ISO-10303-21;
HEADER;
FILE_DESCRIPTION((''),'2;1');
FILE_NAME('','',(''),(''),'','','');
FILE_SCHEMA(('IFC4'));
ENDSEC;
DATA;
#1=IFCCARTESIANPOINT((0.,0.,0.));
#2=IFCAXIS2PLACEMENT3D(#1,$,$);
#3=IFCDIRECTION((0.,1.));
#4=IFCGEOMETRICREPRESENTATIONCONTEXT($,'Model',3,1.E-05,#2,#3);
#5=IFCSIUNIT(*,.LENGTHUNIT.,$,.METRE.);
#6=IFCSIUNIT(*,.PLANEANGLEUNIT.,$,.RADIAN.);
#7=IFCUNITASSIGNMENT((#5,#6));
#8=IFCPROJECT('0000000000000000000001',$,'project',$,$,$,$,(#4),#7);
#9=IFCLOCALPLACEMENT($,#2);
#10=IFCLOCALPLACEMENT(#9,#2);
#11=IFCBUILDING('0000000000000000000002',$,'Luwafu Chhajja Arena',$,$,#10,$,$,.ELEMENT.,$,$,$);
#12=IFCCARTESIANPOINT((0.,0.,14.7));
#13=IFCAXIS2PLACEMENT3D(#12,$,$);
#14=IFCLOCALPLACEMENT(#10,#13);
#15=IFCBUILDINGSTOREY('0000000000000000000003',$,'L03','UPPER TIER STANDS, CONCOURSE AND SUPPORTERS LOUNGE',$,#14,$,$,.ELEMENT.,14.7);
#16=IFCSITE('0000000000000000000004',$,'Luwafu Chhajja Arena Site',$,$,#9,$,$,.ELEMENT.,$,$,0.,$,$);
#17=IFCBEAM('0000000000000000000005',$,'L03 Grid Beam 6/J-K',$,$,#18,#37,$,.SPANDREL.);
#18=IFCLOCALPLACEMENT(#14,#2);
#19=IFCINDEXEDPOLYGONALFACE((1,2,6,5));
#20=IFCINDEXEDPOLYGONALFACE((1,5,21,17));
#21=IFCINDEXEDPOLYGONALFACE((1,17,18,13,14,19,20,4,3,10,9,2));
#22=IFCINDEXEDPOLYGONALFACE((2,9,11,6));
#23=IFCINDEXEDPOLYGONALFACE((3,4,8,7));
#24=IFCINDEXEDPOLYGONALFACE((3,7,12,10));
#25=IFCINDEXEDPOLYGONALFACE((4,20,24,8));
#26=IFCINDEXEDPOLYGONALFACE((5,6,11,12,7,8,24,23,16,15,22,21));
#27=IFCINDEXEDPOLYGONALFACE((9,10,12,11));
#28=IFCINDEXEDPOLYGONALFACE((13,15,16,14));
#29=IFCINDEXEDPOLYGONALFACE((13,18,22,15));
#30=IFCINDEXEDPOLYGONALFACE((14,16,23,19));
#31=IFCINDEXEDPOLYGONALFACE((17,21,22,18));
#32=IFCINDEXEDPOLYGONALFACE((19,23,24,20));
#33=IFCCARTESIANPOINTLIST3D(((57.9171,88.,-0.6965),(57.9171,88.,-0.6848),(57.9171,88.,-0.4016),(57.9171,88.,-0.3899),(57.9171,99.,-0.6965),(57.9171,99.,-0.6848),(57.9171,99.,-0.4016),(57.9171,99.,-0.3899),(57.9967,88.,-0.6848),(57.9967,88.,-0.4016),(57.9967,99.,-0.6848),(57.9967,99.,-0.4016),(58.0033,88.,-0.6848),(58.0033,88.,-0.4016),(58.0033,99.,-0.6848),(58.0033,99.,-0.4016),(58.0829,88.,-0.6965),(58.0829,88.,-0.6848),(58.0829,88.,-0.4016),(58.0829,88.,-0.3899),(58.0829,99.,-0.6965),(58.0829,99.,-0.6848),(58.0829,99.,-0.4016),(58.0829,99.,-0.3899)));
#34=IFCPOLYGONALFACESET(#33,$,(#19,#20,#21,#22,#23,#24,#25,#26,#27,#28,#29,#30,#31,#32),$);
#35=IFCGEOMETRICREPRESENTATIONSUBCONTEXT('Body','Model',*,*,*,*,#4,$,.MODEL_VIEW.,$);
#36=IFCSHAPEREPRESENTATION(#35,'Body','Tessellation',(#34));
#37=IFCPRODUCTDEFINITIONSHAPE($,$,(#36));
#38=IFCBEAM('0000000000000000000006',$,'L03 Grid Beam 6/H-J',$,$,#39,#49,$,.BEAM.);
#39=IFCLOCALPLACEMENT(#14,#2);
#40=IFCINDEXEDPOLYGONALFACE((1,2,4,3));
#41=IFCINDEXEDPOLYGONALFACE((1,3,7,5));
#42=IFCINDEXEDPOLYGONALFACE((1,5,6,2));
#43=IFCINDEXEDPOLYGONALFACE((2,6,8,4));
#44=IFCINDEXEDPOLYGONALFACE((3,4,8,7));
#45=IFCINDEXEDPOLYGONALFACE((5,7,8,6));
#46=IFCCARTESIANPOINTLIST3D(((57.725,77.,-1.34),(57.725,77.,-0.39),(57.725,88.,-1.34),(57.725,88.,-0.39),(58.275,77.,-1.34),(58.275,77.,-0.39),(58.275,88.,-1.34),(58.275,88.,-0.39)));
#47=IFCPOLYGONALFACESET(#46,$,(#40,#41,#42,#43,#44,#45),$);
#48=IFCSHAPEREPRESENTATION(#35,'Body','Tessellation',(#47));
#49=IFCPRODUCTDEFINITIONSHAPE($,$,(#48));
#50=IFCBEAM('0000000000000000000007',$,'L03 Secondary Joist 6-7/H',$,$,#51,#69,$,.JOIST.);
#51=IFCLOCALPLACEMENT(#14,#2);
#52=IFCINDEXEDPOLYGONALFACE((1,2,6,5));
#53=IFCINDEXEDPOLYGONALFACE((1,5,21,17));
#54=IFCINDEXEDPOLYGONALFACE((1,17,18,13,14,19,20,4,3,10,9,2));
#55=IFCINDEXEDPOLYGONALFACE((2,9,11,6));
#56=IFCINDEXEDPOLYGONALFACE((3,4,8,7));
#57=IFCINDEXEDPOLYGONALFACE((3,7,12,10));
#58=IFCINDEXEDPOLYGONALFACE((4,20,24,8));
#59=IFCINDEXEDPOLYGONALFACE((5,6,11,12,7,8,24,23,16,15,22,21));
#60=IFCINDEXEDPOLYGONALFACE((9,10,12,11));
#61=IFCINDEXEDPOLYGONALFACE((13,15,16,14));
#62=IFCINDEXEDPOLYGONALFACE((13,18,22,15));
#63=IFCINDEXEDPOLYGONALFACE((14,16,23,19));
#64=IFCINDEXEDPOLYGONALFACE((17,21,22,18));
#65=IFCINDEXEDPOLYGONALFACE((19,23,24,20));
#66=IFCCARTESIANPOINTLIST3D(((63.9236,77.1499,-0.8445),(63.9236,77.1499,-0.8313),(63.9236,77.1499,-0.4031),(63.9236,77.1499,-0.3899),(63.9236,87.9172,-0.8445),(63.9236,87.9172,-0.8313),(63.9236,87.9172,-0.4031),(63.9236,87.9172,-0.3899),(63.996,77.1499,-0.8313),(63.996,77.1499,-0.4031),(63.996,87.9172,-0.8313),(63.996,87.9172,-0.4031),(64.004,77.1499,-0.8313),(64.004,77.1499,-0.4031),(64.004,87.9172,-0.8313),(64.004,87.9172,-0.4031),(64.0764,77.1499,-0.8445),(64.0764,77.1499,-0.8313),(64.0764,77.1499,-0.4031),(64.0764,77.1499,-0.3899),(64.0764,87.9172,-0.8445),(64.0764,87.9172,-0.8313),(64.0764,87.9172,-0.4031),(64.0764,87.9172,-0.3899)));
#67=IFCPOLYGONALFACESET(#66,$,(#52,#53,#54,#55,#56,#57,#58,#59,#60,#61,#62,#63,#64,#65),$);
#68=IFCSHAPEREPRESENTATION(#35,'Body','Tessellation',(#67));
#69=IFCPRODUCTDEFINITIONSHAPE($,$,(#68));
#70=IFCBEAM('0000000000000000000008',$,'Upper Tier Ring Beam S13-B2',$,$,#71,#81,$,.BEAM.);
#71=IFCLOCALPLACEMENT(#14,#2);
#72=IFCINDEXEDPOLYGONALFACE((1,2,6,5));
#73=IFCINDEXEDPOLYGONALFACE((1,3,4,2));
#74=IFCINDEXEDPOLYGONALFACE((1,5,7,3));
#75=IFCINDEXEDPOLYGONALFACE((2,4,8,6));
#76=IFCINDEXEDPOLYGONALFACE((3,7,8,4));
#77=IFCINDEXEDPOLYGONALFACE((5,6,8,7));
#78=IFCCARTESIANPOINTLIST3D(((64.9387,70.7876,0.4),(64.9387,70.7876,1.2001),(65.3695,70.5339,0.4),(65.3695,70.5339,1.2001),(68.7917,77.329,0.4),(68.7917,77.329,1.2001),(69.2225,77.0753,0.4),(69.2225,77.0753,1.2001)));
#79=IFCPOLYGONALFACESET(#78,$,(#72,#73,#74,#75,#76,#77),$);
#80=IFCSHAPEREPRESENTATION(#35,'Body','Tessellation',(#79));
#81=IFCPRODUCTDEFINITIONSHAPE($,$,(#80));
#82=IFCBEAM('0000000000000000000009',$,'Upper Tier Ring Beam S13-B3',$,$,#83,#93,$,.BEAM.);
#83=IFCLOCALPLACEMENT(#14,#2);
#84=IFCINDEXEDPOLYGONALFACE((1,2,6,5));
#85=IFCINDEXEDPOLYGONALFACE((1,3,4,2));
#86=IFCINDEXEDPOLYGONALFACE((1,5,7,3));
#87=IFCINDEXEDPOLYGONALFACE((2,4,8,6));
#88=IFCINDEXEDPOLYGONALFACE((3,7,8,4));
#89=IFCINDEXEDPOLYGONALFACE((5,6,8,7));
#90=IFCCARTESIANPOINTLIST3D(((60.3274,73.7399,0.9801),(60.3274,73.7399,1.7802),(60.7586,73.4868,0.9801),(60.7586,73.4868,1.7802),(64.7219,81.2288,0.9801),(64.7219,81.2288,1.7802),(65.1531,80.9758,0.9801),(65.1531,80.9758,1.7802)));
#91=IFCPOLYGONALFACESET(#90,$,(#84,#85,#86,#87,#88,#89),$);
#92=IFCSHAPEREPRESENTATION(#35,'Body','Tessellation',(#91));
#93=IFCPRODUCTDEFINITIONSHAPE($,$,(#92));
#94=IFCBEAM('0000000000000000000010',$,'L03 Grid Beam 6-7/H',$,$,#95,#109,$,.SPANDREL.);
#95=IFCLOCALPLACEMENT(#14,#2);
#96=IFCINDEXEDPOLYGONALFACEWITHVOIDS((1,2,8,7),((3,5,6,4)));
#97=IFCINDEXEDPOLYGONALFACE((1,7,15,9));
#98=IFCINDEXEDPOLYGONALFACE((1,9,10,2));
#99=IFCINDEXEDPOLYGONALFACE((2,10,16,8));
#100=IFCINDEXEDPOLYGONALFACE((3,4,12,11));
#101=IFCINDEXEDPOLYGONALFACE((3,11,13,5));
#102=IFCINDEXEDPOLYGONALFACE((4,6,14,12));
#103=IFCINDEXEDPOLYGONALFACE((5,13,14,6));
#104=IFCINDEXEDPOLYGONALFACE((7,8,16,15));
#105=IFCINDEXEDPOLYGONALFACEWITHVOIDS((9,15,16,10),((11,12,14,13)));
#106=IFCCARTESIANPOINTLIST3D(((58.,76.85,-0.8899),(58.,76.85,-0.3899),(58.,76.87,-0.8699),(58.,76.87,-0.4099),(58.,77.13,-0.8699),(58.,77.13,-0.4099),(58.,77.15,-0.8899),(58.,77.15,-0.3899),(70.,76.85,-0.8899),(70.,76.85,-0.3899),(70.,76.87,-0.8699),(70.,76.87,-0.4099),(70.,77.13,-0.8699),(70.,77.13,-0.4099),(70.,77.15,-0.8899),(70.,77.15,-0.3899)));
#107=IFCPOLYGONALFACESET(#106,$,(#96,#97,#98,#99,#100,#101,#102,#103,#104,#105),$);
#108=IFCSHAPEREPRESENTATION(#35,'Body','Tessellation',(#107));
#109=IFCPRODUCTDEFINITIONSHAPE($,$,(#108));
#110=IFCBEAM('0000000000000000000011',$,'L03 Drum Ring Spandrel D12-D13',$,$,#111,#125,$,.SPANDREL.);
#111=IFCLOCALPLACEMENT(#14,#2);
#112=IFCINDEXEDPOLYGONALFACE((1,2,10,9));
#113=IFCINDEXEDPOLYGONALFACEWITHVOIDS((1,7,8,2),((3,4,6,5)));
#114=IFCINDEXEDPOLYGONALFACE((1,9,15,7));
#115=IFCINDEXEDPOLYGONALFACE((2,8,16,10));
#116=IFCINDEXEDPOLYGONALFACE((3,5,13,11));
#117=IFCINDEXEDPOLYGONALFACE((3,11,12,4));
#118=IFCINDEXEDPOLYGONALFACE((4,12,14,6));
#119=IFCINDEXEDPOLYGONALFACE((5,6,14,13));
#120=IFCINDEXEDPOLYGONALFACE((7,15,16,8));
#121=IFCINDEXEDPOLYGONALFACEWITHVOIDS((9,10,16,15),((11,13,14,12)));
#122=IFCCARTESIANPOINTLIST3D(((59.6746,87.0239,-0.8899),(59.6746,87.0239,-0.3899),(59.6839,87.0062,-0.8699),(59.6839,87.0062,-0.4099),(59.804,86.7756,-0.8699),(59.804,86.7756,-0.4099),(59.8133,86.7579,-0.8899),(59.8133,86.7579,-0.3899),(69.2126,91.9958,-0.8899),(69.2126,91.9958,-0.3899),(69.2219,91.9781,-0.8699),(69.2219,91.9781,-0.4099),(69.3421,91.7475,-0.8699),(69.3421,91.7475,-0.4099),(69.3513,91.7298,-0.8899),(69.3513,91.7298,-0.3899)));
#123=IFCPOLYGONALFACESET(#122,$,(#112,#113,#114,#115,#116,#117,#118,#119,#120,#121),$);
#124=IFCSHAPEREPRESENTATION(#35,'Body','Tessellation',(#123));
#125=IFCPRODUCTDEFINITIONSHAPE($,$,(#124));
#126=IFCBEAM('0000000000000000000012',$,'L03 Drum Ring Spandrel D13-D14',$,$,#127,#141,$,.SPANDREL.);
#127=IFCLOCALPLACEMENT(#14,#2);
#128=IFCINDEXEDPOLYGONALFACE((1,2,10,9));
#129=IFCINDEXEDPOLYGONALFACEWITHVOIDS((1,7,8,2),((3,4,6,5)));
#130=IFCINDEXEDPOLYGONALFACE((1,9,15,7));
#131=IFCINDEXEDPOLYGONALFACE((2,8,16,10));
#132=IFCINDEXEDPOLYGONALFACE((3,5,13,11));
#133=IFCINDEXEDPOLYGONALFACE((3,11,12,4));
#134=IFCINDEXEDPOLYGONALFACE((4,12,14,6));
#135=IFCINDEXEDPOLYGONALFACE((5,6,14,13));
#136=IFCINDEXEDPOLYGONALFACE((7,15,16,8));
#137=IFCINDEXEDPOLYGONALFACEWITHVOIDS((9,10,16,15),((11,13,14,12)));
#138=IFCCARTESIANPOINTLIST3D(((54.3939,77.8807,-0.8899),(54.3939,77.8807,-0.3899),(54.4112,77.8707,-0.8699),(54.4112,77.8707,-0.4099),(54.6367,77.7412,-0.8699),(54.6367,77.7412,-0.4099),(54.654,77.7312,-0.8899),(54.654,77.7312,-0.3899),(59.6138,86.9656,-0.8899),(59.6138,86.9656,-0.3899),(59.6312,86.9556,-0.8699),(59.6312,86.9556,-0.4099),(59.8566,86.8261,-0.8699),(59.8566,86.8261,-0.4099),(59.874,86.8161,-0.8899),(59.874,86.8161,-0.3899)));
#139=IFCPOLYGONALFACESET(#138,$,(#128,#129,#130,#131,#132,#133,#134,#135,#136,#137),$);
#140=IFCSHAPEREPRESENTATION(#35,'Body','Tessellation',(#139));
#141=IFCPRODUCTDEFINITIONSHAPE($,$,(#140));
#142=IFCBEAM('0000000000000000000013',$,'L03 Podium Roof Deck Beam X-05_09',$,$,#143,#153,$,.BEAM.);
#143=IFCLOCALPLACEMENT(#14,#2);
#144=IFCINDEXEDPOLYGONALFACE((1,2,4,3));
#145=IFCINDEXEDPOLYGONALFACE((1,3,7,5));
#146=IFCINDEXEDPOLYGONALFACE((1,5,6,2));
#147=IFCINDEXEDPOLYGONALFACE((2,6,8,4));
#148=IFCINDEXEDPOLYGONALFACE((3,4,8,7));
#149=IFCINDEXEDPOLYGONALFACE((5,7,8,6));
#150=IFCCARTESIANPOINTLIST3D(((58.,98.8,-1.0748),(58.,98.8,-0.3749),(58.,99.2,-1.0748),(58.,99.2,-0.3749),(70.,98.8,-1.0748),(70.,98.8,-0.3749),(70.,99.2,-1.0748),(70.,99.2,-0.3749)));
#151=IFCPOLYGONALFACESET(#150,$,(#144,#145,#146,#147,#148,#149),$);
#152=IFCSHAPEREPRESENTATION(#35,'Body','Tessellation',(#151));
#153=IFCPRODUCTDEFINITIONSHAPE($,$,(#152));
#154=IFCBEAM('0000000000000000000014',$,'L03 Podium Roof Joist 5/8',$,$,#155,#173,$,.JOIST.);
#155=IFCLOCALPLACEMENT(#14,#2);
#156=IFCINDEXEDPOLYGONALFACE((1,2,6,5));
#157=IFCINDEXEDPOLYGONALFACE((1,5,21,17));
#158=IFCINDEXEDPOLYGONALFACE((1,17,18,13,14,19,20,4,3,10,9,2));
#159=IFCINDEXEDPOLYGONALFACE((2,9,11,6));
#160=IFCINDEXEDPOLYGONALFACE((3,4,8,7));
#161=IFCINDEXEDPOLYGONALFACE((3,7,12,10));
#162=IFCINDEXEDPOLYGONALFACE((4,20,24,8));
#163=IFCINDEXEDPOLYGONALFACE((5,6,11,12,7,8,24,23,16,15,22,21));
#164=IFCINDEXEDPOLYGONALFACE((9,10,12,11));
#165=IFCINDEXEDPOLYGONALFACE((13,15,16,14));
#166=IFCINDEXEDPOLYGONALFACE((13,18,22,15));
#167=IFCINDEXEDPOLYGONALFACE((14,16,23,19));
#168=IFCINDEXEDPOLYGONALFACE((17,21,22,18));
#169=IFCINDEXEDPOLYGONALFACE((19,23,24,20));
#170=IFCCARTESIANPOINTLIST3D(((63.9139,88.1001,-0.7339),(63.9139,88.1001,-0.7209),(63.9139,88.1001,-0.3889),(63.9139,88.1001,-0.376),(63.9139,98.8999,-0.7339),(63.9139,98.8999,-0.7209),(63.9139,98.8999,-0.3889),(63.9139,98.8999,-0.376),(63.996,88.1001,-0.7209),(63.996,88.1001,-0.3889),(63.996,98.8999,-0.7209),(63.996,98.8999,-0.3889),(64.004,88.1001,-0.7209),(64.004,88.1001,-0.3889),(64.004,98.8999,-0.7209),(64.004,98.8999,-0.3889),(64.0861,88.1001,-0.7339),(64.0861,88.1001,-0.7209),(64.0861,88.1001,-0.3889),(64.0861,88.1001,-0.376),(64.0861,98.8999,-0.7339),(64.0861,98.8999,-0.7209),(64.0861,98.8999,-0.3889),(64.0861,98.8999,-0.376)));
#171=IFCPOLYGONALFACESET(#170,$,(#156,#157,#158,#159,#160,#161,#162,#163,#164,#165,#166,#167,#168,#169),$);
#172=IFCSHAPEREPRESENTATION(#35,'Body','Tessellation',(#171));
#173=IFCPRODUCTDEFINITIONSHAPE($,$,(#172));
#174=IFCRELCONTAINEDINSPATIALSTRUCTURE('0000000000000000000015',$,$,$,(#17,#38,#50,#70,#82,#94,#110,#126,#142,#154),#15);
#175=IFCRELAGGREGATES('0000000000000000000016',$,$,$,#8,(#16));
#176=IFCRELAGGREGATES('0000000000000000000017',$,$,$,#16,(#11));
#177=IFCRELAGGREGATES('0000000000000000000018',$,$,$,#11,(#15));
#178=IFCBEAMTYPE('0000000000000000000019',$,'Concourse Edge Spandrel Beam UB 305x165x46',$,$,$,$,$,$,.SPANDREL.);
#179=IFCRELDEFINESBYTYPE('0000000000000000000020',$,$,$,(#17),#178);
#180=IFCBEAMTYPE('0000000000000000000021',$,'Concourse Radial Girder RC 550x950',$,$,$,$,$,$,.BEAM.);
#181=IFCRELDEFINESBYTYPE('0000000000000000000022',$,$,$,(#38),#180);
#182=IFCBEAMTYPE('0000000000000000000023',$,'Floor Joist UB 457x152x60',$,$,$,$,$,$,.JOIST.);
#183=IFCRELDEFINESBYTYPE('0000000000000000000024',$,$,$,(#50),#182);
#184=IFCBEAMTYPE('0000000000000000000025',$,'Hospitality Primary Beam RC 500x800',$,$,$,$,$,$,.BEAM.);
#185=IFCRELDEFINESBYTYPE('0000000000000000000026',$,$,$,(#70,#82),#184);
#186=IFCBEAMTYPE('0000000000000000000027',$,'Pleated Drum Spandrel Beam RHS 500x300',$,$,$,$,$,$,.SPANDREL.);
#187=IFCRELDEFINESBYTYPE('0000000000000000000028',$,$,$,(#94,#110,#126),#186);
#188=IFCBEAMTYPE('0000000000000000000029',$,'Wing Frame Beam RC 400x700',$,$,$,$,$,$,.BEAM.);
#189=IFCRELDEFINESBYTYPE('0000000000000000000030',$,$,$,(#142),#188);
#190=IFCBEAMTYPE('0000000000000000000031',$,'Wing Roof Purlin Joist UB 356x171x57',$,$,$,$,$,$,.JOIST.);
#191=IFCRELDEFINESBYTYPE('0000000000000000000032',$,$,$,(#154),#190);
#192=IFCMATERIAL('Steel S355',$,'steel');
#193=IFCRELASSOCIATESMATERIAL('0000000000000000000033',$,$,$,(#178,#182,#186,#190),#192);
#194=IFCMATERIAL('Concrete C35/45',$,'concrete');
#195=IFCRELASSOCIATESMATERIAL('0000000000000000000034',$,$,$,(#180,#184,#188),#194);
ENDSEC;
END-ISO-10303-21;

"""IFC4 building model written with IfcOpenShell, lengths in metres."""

from ifc_helpers import new_model, si_unit, direction, frame, origin, origin_2d, place, context, subcontext, project, spatial, rectangle, hollow_rectangle, i_section, extrude, material, material_profile, profile_set, type_object, element, save


model = new_model("IFC4")

# Units and contexts
model_context = context("Model", 3, precision=1e-05, world=origin(), true_north=direction((0.0, 1.0)))
body_context = subcontext(model_context, "Body", "Model", "MODEL_VIEW")
ifc_project = project(units=[si_unit("LENGTHUNIT", "METRE"), si_unit("PLANEANGLEUNIT", "RADIAN")], contexts=[model_context])

# Site, building, storey
site_placement = place(None, origin())
site = spatial("IfcSite", under=ifc_project, at=site_placement, Name="Luwafu Chhajja Arena Site", CompositionType="ELEMENT", RefElevation=0.0)
building_placement = place(site_placement, origin())
building = spatial("IfcBuilding", under=site, at=building_placement, Name="Luwafu Chhajja Arena", CompositionType="ELEMENT")
storey_placement = place(building_placement, frame((0.0, 0.0, 14.7)))
storey = spatial("IfcBuildingStorey", under=building, at=storey_placement, Name="L03", Description="UPPER TIER STANDS, CONCOURSE AND SUPPORTERS LOUNGE", CompositionType="ELEMENT", Elevation=14.7)

# Shared definitions
ifc_material_1 = material(Name="Concrete C35/45", Category="concrete")
ifc_material_2 = material(Name="Steel S355", Category="steel")

# Beams
ifc_material_profile_1 = material_profile(ifc_material_2, i_section(OverallWidth=0.1658, OverallDepth=0.3066, WebThickness=0.0066, FlangeThickness=0.0117, at=origin_2d()), Name="UB 305x165x46")
ifc_profile_set_1 = profile_set([ifc_material_profile_1], Name="Steel S355")
beam_type_1 = type_object("IfcBeamType", Name="Concourse Edge Spandrel Beam UB 305x165x46", PredefinedType="SPANDREL", material=ifc_profile_set_1)
beam_1_placement = place(storey_placement, frame((58.0, 88.0, -0.5432), z_axis=(0.0, 1.0, 0.0), x_axis=(-1.0, 0.0, 0.0)))
element("IfcBeam", 1, at=beam_1_placement, inside=storey, type_object=beam_type_1, Name="L03 Grid Beam 6/J-K", PredefinedType="SPANDREL", context=body_context, shape_type="SweptSolid", body=[
    extrude(i_section(OverallWidth=0.1658, OverallDepth=0.3066, WebThickness=0.0066, FlangeThickness=0.0117, at=origin_2d()), origin(), (0.0, 0.0, 1.0), 11.0),
])
ifc_material_profile_2 = material_profile(ifc_material_1, rectangle(XDim=0.55, YDim=0.95, at=origin_2d()), Name="RC 550x950")
ifc_profile_set_2 = profile_set([ifc_material_profile_2], Name="Concrete C35/45")
beam_type_2 = type_object("IfcBeamType", Name="Concourse Radial Girder RC 550x950", PredefinedType="BEAM", material=ifc_profile_set_2)
beam_2_placement = place(storey_placement, frame((58.0, 77.0, -0.865), z_axis=(0.0, 1.0, 0.0), x_axis=(-1.0, 0.0, 0.0)))
element("IfcBeam", 2, at=beam_2_placement, inside=storey, type_object=beam_type_2, Name="L03 Grid Beam 6/H-J", PredefinedType="BEAM", context=body_context, shape_type="SweptSolid", body=[
    extrude(rectangle(XDim=0.55, YDim=0.95, at=origin_2d()), origin(), (0.0, 0.0, 1.0), 11.0),
])
ifc_material_profile_3 = material_profile(ifc_material_2, i_section(OverallWidth=0.1528, OverallDepth=0.4546, WebThickness=0.0081, FlangeThickness=0.0132, at=origin_2d()), Name="UB 457x152x60")
ifc_profile_set_3 = profile_set([ifc_material_profile_3], Name="Steel S355")
beam_type_3 = type_object("IfcBeamType", Name="Floor Joist UB 457x152x60", PredefinedType="JOIST", material=ifc_profile_set_3)
beam_3_placement = place(storey_placement, frame((64.0, 77.1499, -0.6172), z_axis=(0.0, 1.0, 0.0), x_axis=(-1.0, 0.0, 0.0)))
element("IfcBeam", 3, at=beam_3_placement, inside=storey, type_object=beam_type_3, Name="L03 Secondary Joist 6-7/H", PredefinedType="JOIST", context=body_context, shape_type="SweptSolid", body=[
    extrude(i_section(OverallWidth=0.1528, OverallDepth=0.4546, WebThickness=0.0081, FlangeThickness=0.0132, at=origin_2d()), origin(), (0.0, 0.0, 1.0), 10.7673),
])
ifc_material_profile_4 = material_profile(ifc_material_1, rectangle(XDim=0.5, YDim=0.8, at=origin_2d()), Name="RC 500x800")
ifc_profile_set_4 = profile_set([ifc_material_profile_4], Name="Concrete C35/45")
beam_type_4 = type_object("IfcBeamType", Name="Hospitality Primary Beam RC 500x800", PredefinedType="BEAM", material=ifc_profile_set_4)
beam_4_placement = place(storey_placement, frame((69.0071, 77.2021, 0.8), z_axis=(-0.507518, -0.861641, 0.0), x_axis=(0.861641, -0.507518, 0.0)))
element("IfcBeam", 4, at=beam_4_placement, inside=storey, type_object=beam_type_4, Name="Upper Tier Ring Beam S13-B2", PredefinedType="BEAM", context=body_context, shape_type="SweptSolid", body=[
    extrude(rectangle(XDim=0.5, YDim=0.8, at=origin_2d()), origin(), (0.0, 0.0, 1.0), 7.5918),
])
beam_5_placement = place(storey_placement, frame((64.9375, 81.1023, 1.3801), z_axis=(-0.506098, -0.862476, 0.0), x_axis=(0.862476, -0.506098, 0.0)))
element("IfcBeam", 5, at=beam_5_placement, inside=storey, type_object=beam_type_4, Name="Upper Tier Ring Beam S13-B3", PredefinedType="BEAM", context=body_context, shape_type="SweptSolid", body=[
    extrude(rectangle(XDim=0.5, YDim=0.8, at=origin_2d()), origin(), (0.0, 0.0, 1.0), 8.6831),
])
ifc_material_profile_5 = material_profile(ifc_material_2, hollow_rectangle(XDim=0.3, YDim=0.5, WallThickness=0.02, at=origin_2d()), Name="RHS 500x300x20")
ifc_profile_set_5 = profile_set([ifc_material_profile_5], Name="Steel S355")
beam_type_5 = type_object("IfcBeamType", Name="Pleated Drum Spandrel Beam RHS 500x300", PredefinedType="SPANDREL", material=ifc_profile_set_5)
beam_6_placement = place(storey_placement, frame((58.0, 77.0, -0.6399), z_axis=(1.0, 0.0, 0.0), x_axis=(0.0, 1.0, 0.0)))
element("IfcBeam", 6, at=beam_6_placement, inside=storey, type_object=beam_type_5, Name="L03 Grid Beam 6-7/H", PredefinedType="SPANDREL", context=body_context, shape_type="SweptSolid", body=[
    extrude(hollow_rectangle(XDim=0.3, YDim=0.5, WallThickness=0.02, at=origin_2d()), origin(), (0.0, 0.0, 1.0), 12.0),
])
beam_7_placement = place(storey_placement, frame((69.282, 91.8628, -0.6399), z_axis=(-0.886755, -0.462239, 0.0), x_axis=(0.462239, -0.886755, 0.0)))
element("IfcBeam", 7, at=beam_7_placement, inside=storey, type_object=beam_type_5, Name="L03 Drum Ring Spandrel D12-D13", PredefinedType="SPANDREL", context=body_context, shape_type="SweptSolid", body=[
    extrude(hollow_rectangle(XDim=0.3, YDim=0.5, WallThickness=0.02, at=origin_2d()), origin(), (0.0, 0.0, 1.0), 10.7561),
])
beam_8_placement = place(storey_placement, frame((59.7439, 86.8909, -0.6399), z_axis=(-0.498193, -0.867066, 0.0), x_axis=(0.867066, -0.498193, 0.0)))
element("IfcBeam", 8, at=beam_8_placement, inside=storey, type_object=beam_type_5, Name="L03 Drum Ring Spandrel D13-D14", PredefinedType="SPANDREL", context=body_context, shape_type="SweptSolid", body=[
    extrude(hollow_rectangle(XDim=0.3, YDim=0.5, WallThickness=0.02, at=origin_2d()), origin(), (0.0, 0.0, 1.0), 10.4778),
])
ifc_material_profile_6 = material_profile(ifc_material_1, rectangle(XDim=0.3999, YDim=0.7, at=origin_2d()), Name="RC 400x700")
ifc_profile_set_6 = profile_set([ifc_material_profile_6], Name="Concrete C35/45")
beam_type_6 = type_object("IfcBeamType", Name="Wing Frame Beam RC 400x700", PredefinedType="BEAM", material=ifc_profile_set_6)
beam_9_placement = place(storey_placement, frame((58.0, 99.0, -0.7249), z_axis=(1.0, 0.0, 0.0), x_axis=(0.0, 1.0, 0.0)))
element("IfcBeam", 9, at=beam_9_placement, inside=storey, type_object=beam_type_6, Name="L03 Podium Roof Deck Beam X-05_09", PredefinedType="BEAM", context=body_context, shape_type="SweptSolid", body=[
    extrude(rectangle(XDim=0.3999, YDim=0.7, at=origin_2d()), origin(), (0.0, 0.0, 1.0), 12.0),
])
ifc_material_profile_7 = material_profile(ifc_material_2, i_section(OverallWidth=0.1721, OverallDepth=0.3579, WebThickness=0.0081, FlangeThickness=0.0129, at=origin_2d()), Name="UB 356x171x57")
ifc_profile_set_7 = profile_set([ifc_material_profile_7], Name="Steel S355")
beam_type_7 = type_object("IfcBeamType", Name="Wing Roof Purlin Joist UB 356x171x57", PredefinedType="JOIST", material=ifc_profile_set_7)
beam_10_placement = place(storey_placement, frame((64.0, 88.1001, -0.5549), z_axis=(0.0, 1.0, 0.0), x_axis=(-1.0, 0.0, 0.0)))
element("IfcBeam", 10, at=beam_10_placement, inside=storey, type_object=beam_type_7, Name="L03 Podium Roof Joist 5/8", PredefinedType="JOIST", context=body_context, shape_type="SweptSolid", body=[
    extrude(i_section(OverallWidth=0.1721, OverallDepth=0.3579, WebThickness=0.0081, FlangeThickness=0.0129, at=origin_2d()), origin(), (0.0, 0.0, 1.0), 10.7998),
])

save(model, "model.ifc")
